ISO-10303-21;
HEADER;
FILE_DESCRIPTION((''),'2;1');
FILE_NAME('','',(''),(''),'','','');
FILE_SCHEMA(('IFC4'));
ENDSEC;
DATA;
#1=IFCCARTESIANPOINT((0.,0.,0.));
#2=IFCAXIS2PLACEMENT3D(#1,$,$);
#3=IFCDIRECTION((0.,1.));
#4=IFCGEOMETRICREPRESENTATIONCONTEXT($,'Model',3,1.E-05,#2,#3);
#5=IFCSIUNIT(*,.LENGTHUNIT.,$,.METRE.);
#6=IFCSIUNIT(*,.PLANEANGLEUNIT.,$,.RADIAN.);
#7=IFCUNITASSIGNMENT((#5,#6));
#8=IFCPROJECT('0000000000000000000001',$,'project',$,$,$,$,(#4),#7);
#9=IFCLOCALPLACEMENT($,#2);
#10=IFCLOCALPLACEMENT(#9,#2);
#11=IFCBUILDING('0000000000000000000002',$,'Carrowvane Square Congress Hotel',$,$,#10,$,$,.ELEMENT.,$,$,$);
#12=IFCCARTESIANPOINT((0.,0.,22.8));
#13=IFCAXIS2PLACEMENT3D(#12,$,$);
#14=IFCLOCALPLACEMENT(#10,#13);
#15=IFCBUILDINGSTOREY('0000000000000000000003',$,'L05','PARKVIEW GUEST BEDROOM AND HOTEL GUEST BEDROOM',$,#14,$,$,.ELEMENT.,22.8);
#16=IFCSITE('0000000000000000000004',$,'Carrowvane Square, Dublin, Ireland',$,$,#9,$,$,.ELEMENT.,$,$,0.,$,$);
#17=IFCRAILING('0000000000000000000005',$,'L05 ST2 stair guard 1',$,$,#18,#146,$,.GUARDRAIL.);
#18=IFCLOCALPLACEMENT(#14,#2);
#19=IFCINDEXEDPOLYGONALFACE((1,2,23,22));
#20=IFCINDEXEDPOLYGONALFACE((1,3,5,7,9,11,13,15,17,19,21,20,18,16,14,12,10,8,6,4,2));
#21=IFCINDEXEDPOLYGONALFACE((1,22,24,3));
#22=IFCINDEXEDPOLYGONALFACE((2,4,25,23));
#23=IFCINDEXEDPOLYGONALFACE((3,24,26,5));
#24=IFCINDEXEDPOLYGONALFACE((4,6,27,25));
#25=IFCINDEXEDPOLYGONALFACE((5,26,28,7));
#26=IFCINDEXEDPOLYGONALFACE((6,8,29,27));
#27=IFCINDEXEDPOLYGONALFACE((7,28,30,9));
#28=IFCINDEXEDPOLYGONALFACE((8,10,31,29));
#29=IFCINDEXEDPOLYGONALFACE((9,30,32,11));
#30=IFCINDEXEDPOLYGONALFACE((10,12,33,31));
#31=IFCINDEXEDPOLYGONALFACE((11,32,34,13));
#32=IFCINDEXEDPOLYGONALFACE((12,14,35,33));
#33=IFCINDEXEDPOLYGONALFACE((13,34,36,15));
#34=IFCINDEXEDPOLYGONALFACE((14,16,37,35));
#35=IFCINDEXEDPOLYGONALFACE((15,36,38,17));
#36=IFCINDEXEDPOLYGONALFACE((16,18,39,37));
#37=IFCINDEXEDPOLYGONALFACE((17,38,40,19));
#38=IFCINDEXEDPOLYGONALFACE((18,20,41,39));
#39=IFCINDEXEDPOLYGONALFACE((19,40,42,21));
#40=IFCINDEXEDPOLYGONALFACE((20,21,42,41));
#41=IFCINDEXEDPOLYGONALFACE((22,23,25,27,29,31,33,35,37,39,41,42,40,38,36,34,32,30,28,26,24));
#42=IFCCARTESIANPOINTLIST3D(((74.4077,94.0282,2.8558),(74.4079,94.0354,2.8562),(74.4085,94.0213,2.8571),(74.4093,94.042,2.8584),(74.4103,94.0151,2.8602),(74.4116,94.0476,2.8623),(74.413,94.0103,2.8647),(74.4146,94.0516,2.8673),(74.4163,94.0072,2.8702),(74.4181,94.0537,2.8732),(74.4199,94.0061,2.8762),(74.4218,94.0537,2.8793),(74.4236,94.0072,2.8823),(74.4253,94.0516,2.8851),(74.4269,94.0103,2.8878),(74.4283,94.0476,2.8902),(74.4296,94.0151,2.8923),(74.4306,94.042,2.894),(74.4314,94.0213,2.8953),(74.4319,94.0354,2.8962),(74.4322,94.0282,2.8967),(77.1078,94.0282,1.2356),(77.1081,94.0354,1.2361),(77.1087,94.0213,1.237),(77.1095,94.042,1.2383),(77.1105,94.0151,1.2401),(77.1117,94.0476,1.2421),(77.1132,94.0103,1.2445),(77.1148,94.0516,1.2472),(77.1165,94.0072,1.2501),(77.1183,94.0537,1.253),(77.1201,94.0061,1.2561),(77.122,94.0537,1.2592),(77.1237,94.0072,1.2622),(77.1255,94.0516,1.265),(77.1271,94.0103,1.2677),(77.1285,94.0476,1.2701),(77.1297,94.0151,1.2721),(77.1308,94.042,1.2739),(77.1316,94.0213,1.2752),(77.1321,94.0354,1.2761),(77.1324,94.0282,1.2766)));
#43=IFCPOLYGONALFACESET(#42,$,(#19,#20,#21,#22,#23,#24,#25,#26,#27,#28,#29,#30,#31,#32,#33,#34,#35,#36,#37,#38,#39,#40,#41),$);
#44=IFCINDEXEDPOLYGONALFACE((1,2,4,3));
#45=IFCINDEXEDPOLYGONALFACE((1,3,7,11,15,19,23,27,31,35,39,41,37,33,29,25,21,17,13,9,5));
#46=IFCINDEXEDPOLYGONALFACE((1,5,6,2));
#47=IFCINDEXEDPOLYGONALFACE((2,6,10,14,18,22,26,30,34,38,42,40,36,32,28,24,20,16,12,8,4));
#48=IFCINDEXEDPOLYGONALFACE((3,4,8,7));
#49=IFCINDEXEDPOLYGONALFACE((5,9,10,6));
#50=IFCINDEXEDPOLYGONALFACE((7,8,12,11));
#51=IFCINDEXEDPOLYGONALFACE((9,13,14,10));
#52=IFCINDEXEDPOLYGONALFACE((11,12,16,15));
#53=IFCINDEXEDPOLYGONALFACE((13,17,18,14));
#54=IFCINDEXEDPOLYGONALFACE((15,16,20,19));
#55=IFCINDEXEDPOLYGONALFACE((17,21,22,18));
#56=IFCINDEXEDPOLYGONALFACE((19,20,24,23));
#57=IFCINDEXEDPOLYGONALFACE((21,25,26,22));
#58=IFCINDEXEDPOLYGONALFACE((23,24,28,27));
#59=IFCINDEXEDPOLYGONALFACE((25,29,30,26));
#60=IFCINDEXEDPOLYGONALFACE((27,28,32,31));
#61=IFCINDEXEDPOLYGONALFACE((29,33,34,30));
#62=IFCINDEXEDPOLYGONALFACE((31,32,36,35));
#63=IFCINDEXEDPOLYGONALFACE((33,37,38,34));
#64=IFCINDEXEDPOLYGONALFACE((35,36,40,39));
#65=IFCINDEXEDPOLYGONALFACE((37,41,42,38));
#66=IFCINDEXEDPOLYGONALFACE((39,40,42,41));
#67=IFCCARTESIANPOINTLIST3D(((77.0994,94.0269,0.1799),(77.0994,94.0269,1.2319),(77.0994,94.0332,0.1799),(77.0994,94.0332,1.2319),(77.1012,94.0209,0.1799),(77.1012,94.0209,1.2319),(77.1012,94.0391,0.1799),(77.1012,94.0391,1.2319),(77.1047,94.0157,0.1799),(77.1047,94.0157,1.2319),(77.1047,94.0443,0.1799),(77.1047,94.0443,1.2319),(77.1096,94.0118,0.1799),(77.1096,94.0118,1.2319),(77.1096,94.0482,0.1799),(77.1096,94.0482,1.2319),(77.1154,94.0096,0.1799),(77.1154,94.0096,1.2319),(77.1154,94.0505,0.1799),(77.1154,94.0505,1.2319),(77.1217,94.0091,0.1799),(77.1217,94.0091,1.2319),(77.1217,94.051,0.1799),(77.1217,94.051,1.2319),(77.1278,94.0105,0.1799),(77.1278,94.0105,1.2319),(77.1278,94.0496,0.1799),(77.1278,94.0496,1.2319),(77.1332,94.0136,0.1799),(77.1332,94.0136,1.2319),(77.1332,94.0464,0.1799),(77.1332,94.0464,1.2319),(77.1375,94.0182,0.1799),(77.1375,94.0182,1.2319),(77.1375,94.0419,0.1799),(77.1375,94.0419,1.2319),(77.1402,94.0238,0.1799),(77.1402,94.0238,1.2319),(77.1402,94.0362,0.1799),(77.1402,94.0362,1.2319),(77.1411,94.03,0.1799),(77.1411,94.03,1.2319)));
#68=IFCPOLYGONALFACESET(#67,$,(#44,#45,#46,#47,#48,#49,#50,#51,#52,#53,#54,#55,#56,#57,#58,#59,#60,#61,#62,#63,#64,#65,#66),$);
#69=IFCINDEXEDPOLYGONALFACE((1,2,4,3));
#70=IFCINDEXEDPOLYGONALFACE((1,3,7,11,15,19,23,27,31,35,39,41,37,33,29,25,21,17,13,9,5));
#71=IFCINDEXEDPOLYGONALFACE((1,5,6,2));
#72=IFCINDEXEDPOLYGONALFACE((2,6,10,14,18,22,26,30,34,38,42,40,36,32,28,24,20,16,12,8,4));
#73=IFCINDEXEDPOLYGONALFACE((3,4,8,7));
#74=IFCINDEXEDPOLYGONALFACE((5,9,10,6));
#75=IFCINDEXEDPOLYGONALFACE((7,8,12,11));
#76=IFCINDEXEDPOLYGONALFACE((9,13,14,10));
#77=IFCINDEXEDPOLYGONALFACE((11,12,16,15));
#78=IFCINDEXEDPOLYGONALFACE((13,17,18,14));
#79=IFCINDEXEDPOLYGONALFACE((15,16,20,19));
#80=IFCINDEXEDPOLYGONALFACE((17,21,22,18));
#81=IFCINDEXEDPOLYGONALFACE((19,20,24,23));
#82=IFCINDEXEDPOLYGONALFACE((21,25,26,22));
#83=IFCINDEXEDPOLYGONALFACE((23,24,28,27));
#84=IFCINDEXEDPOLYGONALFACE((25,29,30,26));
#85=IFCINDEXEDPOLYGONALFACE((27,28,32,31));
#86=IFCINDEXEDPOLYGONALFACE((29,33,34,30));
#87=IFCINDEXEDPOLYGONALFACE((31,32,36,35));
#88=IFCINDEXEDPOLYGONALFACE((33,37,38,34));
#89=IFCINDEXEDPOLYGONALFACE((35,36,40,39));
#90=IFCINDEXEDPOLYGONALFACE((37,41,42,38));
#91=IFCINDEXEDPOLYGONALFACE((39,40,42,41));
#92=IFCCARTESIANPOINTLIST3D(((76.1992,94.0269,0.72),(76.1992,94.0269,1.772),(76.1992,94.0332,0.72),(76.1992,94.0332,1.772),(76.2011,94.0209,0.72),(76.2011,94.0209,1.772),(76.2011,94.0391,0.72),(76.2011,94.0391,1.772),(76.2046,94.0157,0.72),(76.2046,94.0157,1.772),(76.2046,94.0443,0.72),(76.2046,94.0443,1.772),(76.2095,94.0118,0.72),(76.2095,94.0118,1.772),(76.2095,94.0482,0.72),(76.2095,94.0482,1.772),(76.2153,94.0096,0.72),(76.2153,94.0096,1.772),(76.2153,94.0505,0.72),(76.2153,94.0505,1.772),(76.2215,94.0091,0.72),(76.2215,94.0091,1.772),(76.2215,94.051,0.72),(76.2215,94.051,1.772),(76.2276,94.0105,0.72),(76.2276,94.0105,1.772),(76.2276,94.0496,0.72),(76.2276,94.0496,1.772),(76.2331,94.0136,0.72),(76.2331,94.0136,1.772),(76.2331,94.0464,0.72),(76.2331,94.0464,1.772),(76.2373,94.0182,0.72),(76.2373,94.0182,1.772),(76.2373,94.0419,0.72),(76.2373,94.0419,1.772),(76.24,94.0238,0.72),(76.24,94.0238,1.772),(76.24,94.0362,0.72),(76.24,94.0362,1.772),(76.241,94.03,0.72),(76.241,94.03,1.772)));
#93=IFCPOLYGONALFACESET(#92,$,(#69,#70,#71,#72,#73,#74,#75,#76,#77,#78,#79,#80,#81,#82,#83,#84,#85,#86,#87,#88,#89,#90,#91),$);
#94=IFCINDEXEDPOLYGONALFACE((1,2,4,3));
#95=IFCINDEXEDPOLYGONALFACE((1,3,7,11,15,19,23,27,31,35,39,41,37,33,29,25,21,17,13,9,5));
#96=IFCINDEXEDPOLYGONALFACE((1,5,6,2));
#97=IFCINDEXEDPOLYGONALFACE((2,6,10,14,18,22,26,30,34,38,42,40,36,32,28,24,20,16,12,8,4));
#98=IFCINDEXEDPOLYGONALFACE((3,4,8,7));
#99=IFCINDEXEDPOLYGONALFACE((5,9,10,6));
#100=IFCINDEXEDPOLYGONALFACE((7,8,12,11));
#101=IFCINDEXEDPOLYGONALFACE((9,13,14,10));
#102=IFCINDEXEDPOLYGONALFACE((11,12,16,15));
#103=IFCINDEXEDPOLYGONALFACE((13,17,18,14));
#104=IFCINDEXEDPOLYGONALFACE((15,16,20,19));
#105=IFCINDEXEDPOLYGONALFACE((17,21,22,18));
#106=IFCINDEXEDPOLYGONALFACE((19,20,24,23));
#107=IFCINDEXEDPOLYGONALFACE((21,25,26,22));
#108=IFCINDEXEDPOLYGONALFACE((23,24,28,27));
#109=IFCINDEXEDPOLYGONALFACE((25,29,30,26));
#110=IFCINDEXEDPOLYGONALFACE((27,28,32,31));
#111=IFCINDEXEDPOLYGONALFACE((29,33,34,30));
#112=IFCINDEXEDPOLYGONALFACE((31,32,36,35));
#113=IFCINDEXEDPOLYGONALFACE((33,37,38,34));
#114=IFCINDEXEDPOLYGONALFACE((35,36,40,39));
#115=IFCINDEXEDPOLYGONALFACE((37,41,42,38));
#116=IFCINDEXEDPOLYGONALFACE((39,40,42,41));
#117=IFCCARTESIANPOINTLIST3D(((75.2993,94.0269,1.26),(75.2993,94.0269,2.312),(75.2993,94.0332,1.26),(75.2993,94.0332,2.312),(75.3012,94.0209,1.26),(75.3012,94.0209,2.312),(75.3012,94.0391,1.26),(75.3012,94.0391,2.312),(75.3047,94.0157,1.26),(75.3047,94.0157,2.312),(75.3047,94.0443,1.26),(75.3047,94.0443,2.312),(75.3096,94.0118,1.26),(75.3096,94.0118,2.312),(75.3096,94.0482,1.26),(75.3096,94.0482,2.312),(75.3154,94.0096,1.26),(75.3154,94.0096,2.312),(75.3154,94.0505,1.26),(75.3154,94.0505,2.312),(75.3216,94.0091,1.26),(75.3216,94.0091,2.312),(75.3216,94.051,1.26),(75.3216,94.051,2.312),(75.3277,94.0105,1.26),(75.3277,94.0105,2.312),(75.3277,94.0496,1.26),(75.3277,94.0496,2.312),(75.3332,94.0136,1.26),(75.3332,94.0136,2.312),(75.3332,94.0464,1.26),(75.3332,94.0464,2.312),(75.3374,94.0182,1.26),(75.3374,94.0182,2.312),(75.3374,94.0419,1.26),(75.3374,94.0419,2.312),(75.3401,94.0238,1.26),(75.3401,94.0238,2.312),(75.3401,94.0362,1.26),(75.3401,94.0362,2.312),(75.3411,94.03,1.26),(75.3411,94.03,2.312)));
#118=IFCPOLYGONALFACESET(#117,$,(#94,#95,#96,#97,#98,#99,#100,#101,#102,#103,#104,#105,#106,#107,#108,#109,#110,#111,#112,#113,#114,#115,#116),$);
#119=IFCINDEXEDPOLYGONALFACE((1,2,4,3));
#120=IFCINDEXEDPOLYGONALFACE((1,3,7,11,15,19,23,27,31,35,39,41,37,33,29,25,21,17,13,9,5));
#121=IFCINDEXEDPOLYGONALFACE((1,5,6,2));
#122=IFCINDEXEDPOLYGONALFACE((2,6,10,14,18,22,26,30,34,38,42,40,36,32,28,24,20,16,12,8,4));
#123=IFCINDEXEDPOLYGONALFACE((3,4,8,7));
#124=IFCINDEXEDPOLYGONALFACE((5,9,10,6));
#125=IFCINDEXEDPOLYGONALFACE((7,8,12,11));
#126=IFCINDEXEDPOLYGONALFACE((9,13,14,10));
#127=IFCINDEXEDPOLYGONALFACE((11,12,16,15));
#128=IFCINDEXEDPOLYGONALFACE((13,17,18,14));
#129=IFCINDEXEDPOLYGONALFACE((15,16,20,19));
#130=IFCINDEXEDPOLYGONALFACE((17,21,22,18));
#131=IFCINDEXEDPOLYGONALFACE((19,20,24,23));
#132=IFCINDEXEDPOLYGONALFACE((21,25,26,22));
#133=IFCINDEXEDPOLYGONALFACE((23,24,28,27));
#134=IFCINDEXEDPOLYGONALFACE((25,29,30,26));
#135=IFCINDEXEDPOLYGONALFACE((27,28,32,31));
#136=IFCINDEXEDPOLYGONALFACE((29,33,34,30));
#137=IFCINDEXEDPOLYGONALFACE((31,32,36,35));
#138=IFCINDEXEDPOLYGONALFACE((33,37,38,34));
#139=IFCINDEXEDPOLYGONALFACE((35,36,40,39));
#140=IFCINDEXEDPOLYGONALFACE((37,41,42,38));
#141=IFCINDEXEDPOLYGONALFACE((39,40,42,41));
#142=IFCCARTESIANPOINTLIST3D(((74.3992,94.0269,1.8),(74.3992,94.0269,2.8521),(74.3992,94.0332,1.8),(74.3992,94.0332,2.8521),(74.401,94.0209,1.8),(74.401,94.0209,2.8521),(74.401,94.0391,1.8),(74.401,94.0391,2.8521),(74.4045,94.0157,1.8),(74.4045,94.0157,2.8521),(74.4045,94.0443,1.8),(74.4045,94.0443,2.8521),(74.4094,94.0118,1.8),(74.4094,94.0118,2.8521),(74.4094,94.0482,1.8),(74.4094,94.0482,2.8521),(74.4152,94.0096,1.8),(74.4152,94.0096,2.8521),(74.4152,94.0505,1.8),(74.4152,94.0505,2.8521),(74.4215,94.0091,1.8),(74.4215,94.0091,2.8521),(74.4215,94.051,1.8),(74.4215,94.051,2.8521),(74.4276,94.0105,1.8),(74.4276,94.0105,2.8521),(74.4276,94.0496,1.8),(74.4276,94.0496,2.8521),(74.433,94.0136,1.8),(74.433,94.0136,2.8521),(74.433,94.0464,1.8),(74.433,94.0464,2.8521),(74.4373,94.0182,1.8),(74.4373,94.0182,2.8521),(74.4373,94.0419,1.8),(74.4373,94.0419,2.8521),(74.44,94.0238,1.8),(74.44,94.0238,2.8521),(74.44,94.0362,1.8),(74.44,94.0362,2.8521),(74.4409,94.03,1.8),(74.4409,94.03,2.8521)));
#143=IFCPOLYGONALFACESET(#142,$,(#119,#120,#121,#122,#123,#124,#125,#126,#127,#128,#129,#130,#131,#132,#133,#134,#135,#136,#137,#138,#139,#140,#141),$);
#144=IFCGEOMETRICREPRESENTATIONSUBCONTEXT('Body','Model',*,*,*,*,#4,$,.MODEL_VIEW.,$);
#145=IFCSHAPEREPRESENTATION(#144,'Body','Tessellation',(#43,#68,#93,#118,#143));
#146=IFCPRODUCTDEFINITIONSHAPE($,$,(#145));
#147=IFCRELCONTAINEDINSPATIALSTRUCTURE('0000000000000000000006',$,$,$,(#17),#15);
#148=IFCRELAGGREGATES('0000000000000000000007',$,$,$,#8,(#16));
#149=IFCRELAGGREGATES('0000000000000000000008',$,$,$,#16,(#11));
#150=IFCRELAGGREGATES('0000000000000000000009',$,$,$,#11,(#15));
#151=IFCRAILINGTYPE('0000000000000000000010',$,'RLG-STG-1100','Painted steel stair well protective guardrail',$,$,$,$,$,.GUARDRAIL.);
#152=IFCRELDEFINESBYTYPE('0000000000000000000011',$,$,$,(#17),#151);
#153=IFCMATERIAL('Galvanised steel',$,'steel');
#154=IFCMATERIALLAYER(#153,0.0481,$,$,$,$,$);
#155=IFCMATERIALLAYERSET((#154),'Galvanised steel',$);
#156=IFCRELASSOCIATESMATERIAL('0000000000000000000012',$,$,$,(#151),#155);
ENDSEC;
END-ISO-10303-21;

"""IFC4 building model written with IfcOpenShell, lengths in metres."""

from ifc_helpers import new_model, si_unit, direction, frame, origin, origin_2d, place, context, subcontext, project, spatial, circle, extrude, material, layer, layer_set, type_object, element, save


model = new_model("IFC4")

# Units and contexts
model_context = context("Model", 3, precision=1e-05, world=origin(), true_north=direction((0.0, 1.0)))
body_context = subcontext(model_context, "Body", "Model", "MODEL_VIEW")
ifc_project = project(units=[si_unit("LENGTHUNIT", "METRE"), si_unit("PLANEANGLEUNIT", "RADIAN")], contexts=[model_context])

# Site, building, storey
site_placement = place(None, origin())
site = spatial("IfcSite", under=ifc_project, at=site_placement, Name="Carrowvane Square, Dublin, Ireland", CompositionType="ELEMENT", RefElevation=0.0)
building_placement = place(site_placement, origin())
building = spatial("IfcBuilding", under=site, at=building_placement, Name="Carrowvane Square Congress Hotel", CompositionType="ELEMENT")
storey_placement = place(building_placement, frame((0.0, 0.0, 22.8)))
storey = spatial("IfcBuildingStorey", under=building, at=storey_placement, Name="L05", Description="PARKVIEW GUEST BEDROOM AND HOTEL GUEST BEDROOM", CompositionType="ELEMENT", Elevation=22.8)

# Railing
ifc_material_1 = material(Name="Galvanised steel", Category="steel")
ifc_layer_1 = layer(ifc_material_1, 0.0481)
ifc_layer_set_1 = layer_set([ifc_layer_1], Name="Galvanised steel")
railing_type_1 = type_object("IfcRailingType", Name="RLG-STG-1100", Description="Painted steel stair well protective guardrail", PredefinedType="GUARDRAIL", material=ifc_layer_set_1)
railing_1_placement = place(storey_placement, frame((77.1201, 94.03, 0.1799)))
element("IfcRailing", 1, at=railing_1_placement, inside=storey, type_object=railing_type_1, Name="L05 ST2 stair guard 1", PredefinedType="GUARDRAIL", context=body_context, shape_type="SweptSolid", body=[
    extrude(circle(Radius=0.0239, at=origin_2d()), frame((0.0, 0.0, 1.0762), z_axis=(-0.857493, 0.0, 0.514496), x_axis=(0.0, -1.0, 0.0)), (0.0, 0.0, 1.0), 3.1489),
    extrude(circle(Radius=0.021, at=origin_2d()), origin(), (0.0, 0.0, 1.0), 1.052),
    extrude(circle(Radius=0.021, at=origin_2d()), frame((-0.9001, 0.0, 0.54)), (0.0, 0.0, 1.0), 1.052),
    extrude(circle(Radius=0.021, at=origin_2d()), frame((-1.8, 0.0, 1.0801)), (0.0, 0.0, 1.0), 1.052),
    extrude(circle(Radius=0.021, at=origin_2d()), frame((-2.7002, 0.0, 1.6201)), (0.0, 0.0, 1.0), 1.052),
])

save(model, "model.ifc")
